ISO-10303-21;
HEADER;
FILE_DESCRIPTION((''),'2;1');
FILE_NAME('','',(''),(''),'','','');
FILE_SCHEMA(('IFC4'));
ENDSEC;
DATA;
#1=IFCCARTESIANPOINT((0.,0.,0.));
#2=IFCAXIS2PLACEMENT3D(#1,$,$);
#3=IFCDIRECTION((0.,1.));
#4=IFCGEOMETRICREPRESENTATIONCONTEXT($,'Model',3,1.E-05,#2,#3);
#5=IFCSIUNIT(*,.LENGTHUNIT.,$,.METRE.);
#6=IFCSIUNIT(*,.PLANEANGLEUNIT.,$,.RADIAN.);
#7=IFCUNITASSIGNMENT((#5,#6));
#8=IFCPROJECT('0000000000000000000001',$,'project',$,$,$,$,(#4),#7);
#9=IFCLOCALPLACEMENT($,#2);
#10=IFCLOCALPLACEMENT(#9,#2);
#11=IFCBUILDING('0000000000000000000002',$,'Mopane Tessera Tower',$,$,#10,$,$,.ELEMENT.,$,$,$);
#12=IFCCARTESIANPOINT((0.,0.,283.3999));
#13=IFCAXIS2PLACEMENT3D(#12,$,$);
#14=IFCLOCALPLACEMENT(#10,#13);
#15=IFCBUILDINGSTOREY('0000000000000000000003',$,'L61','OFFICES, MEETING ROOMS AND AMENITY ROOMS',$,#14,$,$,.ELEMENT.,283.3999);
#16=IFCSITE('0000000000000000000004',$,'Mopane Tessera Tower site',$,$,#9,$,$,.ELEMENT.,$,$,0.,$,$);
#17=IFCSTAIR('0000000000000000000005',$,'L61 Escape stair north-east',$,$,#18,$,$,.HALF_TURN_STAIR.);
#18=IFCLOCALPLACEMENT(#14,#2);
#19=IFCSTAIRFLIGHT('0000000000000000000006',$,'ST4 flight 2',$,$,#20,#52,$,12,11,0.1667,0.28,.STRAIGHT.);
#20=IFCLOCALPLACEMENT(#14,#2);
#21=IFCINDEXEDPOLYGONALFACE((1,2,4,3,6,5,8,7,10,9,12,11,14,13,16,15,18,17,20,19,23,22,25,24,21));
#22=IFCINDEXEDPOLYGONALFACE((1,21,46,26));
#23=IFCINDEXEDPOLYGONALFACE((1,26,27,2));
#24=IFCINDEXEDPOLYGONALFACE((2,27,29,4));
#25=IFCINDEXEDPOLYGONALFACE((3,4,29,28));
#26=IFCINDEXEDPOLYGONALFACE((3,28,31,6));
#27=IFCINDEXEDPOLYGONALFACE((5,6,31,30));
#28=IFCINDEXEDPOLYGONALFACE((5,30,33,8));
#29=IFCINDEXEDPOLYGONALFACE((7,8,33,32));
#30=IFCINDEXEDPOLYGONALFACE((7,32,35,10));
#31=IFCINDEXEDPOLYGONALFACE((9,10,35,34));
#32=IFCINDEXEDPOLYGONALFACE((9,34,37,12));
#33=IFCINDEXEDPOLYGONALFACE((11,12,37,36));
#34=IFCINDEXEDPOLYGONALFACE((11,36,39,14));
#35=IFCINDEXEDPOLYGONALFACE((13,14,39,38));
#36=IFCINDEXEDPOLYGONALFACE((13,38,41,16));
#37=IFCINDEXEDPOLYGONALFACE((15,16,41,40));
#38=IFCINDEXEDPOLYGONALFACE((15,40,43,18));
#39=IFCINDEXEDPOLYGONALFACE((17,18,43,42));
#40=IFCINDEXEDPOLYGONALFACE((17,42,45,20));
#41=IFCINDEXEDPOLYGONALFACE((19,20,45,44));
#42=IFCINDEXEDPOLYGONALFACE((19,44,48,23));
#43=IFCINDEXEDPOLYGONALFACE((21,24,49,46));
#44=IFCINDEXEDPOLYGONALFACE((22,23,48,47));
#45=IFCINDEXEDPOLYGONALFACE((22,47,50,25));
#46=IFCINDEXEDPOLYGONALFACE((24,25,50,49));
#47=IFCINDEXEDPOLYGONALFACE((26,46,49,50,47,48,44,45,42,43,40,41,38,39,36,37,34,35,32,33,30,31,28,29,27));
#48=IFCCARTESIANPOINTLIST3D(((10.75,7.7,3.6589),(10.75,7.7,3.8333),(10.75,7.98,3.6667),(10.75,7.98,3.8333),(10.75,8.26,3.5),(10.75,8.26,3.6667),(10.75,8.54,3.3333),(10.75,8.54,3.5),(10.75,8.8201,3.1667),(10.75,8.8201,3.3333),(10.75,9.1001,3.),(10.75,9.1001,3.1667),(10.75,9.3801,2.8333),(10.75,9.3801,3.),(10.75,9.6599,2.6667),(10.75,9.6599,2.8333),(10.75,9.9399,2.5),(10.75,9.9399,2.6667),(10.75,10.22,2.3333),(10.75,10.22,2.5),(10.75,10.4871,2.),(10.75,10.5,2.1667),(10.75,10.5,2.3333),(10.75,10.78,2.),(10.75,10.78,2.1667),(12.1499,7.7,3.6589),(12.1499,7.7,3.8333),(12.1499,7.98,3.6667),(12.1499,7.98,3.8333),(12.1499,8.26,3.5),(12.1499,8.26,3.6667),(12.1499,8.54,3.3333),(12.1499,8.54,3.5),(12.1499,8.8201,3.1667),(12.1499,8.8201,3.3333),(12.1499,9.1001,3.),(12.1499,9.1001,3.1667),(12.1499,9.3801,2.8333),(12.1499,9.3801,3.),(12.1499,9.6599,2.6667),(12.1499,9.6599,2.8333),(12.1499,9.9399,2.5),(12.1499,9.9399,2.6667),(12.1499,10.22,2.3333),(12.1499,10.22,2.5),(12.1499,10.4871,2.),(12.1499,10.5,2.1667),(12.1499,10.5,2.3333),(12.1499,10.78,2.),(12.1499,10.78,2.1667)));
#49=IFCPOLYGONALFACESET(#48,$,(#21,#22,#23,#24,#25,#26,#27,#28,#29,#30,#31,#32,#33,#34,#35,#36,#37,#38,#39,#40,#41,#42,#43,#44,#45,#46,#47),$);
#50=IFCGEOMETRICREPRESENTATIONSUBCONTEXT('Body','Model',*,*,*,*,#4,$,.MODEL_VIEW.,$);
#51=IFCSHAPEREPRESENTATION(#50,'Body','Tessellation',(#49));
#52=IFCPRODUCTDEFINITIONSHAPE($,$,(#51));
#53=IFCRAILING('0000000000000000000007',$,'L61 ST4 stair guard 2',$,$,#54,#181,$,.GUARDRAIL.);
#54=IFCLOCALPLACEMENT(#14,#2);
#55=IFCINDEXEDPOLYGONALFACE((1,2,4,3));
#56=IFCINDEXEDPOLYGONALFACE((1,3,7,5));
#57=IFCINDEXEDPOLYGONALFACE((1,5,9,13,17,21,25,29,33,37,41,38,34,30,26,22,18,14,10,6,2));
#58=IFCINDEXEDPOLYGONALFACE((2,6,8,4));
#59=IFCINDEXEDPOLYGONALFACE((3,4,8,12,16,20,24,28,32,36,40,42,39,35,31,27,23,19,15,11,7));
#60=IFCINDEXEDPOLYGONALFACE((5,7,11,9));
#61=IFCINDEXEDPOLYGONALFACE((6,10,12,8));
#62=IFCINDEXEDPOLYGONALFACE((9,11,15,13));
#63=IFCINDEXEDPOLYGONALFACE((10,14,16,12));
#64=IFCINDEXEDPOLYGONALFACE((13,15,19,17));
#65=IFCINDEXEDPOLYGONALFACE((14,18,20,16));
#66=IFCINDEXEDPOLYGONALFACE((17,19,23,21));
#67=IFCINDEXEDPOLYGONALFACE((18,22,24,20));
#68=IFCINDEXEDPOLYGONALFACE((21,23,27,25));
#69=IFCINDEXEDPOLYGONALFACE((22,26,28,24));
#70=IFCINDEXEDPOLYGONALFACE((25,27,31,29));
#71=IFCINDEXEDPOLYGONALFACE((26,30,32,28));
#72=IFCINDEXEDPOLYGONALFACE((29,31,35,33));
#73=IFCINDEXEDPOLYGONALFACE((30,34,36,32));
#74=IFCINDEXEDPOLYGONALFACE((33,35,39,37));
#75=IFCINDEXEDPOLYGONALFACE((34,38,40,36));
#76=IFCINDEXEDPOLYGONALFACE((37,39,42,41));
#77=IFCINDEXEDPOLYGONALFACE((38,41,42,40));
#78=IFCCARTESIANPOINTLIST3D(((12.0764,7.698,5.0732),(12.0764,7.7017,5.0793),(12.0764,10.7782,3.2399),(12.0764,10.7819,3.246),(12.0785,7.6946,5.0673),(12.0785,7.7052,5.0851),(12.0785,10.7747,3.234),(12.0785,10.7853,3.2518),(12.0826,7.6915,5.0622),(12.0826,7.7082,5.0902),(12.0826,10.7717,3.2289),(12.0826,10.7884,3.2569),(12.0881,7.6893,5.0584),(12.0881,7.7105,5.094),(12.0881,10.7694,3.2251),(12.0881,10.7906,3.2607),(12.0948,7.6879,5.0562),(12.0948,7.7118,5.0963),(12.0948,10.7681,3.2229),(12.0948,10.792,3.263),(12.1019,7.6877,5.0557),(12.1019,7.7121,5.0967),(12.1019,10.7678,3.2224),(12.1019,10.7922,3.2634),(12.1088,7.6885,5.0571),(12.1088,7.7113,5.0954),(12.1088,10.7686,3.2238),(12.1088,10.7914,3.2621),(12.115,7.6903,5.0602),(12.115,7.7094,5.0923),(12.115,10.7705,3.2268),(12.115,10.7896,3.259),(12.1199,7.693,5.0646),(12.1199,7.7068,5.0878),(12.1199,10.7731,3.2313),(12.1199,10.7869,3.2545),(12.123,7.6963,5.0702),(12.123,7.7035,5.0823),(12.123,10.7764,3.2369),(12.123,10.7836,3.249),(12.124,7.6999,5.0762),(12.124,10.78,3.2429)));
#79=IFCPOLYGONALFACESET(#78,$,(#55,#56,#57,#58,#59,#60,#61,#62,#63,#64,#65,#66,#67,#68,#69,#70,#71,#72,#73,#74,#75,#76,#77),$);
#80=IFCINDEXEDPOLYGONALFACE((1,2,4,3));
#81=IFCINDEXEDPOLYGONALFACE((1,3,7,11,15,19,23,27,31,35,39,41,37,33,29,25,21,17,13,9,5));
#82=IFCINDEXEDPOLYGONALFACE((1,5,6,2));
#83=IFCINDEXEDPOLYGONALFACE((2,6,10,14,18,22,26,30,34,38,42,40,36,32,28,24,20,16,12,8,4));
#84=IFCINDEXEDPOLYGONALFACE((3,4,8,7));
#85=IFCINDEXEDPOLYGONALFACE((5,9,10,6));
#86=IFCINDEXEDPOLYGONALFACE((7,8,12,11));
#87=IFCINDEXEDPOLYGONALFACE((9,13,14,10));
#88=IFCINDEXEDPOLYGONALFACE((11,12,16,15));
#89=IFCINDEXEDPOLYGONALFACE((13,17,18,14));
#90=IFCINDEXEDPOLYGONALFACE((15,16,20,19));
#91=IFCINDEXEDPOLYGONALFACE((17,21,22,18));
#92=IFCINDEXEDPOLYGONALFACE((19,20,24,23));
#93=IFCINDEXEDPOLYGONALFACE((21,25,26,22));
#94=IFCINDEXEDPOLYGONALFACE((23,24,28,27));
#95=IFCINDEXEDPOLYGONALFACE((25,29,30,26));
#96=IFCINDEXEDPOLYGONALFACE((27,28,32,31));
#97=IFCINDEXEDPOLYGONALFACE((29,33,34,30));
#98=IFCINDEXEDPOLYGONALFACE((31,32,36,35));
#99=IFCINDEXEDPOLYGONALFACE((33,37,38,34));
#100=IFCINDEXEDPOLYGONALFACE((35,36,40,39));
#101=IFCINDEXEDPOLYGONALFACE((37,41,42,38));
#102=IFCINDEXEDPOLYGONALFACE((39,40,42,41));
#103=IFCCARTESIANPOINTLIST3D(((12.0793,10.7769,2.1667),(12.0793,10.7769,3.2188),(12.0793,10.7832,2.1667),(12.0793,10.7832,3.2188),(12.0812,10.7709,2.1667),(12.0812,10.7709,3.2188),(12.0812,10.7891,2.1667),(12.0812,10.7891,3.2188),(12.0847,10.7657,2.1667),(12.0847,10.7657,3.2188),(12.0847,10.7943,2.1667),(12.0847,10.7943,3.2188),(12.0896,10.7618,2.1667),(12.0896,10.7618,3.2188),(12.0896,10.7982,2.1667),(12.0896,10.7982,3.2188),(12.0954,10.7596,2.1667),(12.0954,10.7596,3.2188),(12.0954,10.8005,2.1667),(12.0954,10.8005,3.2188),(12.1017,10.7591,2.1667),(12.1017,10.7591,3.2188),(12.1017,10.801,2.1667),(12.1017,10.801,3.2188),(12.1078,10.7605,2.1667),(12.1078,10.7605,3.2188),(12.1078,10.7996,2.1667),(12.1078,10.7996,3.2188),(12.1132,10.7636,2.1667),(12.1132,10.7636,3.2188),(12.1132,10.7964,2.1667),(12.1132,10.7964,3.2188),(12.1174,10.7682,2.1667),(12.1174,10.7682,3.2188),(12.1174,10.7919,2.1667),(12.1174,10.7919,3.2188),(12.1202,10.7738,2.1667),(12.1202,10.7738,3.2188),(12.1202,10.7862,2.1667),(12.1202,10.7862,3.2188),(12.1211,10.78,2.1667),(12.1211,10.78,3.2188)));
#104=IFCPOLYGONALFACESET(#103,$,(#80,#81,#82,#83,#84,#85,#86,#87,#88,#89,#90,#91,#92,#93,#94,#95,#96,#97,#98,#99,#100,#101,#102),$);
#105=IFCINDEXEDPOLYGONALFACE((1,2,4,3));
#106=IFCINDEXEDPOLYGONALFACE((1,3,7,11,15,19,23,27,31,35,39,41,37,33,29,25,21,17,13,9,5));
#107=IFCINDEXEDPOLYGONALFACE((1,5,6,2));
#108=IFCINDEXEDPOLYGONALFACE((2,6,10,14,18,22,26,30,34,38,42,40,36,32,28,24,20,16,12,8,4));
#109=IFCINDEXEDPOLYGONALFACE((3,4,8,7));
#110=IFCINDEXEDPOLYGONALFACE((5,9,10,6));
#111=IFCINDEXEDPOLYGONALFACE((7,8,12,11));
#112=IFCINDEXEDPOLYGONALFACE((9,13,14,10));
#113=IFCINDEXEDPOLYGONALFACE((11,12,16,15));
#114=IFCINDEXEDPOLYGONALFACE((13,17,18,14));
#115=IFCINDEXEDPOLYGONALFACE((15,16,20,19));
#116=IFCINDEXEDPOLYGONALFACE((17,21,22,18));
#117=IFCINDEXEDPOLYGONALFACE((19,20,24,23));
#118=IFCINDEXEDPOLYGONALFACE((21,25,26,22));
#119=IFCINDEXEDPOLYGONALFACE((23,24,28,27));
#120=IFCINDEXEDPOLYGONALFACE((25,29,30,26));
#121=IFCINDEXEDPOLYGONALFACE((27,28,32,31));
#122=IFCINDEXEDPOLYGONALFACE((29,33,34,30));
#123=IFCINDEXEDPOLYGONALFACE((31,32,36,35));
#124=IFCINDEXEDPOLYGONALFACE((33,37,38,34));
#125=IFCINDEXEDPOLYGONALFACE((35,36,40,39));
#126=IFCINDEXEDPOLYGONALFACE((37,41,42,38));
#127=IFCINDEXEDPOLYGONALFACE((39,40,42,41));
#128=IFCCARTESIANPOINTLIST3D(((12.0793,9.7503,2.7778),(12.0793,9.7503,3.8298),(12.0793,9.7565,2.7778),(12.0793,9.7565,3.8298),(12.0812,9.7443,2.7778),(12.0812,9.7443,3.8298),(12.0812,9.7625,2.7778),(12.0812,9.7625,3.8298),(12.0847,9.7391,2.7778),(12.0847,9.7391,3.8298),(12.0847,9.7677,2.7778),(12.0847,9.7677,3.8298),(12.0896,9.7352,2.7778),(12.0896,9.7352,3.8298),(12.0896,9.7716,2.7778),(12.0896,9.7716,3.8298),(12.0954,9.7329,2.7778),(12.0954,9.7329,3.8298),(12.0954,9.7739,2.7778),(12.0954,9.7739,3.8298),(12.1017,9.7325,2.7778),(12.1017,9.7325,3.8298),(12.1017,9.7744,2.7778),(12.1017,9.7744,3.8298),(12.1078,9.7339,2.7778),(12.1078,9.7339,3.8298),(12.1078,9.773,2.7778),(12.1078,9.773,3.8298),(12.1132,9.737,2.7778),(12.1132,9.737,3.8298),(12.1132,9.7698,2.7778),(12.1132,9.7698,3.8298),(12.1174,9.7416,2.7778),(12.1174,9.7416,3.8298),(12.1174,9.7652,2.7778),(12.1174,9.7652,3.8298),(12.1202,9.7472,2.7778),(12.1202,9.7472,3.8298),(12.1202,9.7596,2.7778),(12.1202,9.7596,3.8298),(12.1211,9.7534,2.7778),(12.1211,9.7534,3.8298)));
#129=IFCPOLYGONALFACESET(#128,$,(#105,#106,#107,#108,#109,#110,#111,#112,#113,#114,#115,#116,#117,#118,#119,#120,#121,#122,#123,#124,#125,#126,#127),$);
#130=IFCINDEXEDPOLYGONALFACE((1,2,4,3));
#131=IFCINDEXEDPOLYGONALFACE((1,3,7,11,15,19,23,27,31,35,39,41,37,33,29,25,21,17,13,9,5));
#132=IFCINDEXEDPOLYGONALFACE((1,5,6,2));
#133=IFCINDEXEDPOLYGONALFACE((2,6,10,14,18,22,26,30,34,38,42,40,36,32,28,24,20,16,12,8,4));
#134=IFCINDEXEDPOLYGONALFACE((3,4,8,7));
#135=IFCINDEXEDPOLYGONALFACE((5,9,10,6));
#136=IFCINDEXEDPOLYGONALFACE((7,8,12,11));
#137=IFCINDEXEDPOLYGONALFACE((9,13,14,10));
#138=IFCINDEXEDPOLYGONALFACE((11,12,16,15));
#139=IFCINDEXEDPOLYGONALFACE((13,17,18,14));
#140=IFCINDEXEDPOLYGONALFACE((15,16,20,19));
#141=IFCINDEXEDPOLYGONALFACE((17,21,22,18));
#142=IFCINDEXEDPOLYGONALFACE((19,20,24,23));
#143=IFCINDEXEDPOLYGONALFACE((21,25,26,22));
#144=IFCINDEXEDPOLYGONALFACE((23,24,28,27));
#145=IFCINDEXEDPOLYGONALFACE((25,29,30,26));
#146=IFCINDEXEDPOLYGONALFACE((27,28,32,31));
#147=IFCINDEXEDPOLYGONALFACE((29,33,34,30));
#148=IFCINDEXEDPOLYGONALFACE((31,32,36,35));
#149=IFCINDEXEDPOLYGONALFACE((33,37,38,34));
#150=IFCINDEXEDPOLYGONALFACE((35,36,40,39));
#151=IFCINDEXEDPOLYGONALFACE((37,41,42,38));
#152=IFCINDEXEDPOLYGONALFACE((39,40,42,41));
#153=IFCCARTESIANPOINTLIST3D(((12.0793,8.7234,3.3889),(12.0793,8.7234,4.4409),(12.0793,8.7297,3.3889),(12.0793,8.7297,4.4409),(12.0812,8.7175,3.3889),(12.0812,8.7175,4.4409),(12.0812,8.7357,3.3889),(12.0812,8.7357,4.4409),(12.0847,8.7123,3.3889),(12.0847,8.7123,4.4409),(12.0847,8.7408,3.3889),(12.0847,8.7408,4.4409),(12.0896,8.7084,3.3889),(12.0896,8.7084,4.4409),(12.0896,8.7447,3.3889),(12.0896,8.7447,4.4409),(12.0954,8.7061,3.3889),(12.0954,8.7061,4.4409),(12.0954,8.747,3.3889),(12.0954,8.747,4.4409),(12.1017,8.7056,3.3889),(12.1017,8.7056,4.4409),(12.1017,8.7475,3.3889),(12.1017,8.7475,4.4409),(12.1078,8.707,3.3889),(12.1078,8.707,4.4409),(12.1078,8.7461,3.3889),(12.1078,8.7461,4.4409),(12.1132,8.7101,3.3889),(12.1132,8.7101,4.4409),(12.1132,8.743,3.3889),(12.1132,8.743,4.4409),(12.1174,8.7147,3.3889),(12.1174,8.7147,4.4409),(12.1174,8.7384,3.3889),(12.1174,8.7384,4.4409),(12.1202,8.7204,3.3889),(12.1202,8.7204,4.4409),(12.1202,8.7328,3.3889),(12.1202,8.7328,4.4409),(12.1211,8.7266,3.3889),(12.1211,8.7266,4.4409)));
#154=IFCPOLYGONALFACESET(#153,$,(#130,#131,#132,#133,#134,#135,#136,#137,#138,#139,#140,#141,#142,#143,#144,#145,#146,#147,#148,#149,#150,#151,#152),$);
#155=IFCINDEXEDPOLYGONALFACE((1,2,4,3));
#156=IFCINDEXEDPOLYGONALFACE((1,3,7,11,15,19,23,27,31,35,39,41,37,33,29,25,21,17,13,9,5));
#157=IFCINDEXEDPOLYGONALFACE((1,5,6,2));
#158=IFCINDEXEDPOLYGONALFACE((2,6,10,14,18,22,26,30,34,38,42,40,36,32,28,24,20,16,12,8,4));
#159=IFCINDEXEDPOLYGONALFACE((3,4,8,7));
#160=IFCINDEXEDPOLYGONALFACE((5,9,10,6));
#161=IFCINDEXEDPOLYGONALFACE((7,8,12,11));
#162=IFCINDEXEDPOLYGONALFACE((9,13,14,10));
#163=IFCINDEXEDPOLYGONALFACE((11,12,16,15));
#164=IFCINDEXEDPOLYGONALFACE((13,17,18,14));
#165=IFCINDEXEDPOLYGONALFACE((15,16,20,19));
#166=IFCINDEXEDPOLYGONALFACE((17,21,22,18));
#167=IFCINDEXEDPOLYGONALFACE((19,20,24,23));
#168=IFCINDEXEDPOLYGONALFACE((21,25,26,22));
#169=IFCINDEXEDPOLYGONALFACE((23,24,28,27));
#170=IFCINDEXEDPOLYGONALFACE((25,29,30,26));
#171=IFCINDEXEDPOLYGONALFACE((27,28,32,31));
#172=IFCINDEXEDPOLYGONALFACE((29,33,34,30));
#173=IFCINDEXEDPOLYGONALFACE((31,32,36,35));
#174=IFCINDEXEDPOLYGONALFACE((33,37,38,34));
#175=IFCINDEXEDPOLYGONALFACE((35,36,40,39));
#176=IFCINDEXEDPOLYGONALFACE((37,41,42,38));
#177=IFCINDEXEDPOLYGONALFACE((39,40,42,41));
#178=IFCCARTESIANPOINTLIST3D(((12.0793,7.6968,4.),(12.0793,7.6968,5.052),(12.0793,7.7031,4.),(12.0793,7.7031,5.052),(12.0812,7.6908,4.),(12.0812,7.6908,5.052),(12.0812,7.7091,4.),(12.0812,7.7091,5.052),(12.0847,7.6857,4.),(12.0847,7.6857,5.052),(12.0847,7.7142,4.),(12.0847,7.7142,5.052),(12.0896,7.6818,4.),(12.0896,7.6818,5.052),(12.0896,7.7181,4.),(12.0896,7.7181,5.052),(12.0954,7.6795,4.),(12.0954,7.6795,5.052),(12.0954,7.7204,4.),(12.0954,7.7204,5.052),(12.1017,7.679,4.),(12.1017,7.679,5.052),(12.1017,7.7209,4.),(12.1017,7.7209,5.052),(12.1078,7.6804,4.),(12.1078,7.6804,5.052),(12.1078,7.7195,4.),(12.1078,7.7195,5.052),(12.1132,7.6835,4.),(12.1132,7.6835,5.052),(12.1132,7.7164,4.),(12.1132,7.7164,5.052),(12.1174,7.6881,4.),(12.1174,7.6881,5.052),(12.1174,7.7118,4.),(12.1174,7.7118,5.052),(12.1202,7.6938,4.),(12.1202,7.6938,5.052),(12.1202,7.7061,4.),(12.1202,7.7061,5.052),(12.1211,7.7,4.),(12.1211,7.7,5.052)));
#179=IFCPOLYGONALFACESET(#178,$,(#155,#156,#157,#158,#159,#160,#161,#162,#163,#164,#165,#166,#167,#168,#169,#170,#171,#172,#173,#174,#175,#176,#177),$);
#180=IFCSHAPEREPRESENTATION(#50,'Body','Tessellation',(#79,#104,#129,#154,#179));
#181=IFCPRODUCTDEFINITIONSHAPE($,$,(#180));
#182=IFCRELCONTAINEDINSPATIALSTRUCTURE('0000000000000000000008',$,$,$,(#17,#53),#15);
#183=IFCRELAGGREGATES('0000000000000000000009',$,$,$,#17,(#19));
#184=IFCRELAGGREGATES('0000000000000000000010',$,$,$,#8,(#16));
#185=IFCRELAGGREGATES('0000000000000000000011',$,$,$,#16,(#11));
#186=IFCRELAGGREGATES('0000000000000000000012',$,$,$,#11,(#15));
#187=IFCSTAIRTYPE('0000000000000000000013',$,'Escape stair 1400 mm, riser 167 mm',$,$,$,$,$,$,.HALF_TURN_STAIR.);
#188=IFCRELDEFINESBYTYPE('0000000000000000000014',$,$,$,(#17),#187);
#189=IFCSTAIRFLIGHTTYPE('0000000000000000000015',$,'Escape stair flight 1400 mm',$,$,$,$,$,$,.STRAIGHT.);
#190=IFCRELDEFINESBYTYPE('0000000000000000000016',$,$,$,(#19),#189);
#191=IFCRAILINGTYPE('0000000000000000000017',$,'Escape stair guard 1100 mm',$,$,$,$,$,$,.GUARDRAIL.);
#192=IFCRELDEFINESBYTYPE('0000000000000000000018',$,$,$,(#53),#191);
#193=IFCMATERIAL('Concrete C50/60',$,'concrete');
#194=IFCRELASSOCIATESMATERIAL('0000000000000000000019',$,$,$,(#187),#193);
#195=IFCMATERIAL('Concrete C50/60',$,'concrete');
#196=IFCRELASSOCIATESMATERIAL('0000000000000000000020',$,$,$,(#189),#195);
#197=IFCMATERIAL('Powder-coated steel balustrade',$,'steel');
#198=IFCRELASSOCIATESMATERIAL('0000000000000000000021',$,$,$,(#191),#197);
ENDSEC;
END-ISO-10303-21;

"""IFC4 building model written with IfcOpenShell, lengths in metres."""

from ifc_helpers import new_model, si_unit, direction, frame, origin, origin_2d, place, context, subcontext, project, spatial, polyline, circle, outline, extrude, material, type_object, element, aggregate, save


model = new_model("IFC4")

# Units and contexts
model_context = context("Model", 3, precision=1e-05, world=origin(), true_north=direction((0.0, 1.0)))
body_context = subcontext(model_context, "Body", "Model", "MODEL_VIEW")
ifc_project = project(units=[si_unit("LENGTHUNIT", "METRE"), si_unit("PLANEANGLEUNIT", "RADIAN")], contexts=[model_context])

# Site, building, storey
site_placement = place(None, origin())
site = spatial("IfcSite", under=ifc_project, at=site_placement, Name="Mopane Tessera Tower site", CompositionType="ELEMENT", RefElevation=0.0)
building_placement = place(site_placement, origin())
building = spatial("IfcBuilding", under=site, at=building_placement, Name="Mopane Tessera Tower", CompositionType="ELEMENT")
storey_placement = place(building_placement, frame((0.0, 0.0, 283.3999)))
storey = spatial("IfcBuildingStorey", under=building, at=storey_placement, Name="L61", Description="OFFICES, MEETING ROOMS AND AMENITY ROOMS", CompositionType="ELEMENT", Elevation=283.3999)

# Stair, stair flight
ifc_material_1 = material(Name="Concrete C50/60", Category="concrete")
stair_type = type_object("IfcStairType", Name="Escape stair 1400 mm, riser 167 mm", PredefinedType="HALF_TURN_STAIR", material=ifc_material_1)
stair_placement = place(storey_placement, origin())
stair = element("IfcStair", 1, at=stair_placement, inside=storey, type_object=stair_type, Name="L61 Escape stair north-east", PredefinedType="HALF_TURN_STAIR")
ifc_material_2 = material(Name="Concrete C50/60", Category="concrete")
stair_flight_type = type_object("IfcStairFlightType", Name="Escape stair flight 1400 mm", PredefinedType="STRAIGHT", material=ifc_material_2)
stair_flight_placement = place(storey_placement, frame((11.45, 10.78, 2.0), z_axis=(0.0, 0.0, 1.0), x_axis=(0.0, -1.0, 0.0)))
stair_flight = element("IfcStairFlight", 2, at=stair_flight_placement, type_object=stair_flight_type, Name="ST4 flight 2", NumberOfRisers=12, NumberOfTreads=11, PredefinedType="STRAIGHT", RiserHeight=0.1667, TreadLength=0.28, context=body_context, shape_type="SweptSolid", body=[
    extrude(outline(polyline([(0.0, 0.0), (0.0, 0.1667), (0.28, 0.1667), (0.28, 0.3333), (0.5601, 0.3333), (0.5601, 0.5), (0.8401, 0.5), (0.8401, 0.6667), (1.1201, 0.6667), (1.1201, 0.8333), (1.3999, 0.8333), (1.3999, 1.0), (1.6799, 1.0), (1.6799, 1.1667), (1.96, 1.1667), (1.96, 1.3333), (2.24, 1.3333), (2.24, 1.5), (2.52, 1.5), (2.52, 1.6667), (2.8, 1.6667), (2.8, 1.8333), (3.0801, 1.8333), (3.0801, 2.0), (3.0801, 1.6589), (0.293, 0.0), (0.0, 0.0)])), frame((0.0, 0.7, 0.0), z_axis=(0.0, -1.0, 0.0), x_axis=(1.0, 0.0, 0.0)), (0.0, 0.0, 1.0), 1.3999),
])
aggregate(stair, [stair_flight])

# Railing
ifc_material_3 = material(Name="Powder-coated steel balustrade", Category="steel")
railing_type_1 = type_object("IfcRailingType", Name="Escape stair guard 1100 mm", PredefinedType="GUARDRAIL", material=ifc_material_3)
railing_1_placement = place(storey_placement, frame((12.1001, 10.78, 2.1667)))
element("IfcRailing", 3, at=railing_1_placement, inside=storey, type_object=railing_type_1, Name="L61 ST4 stair guard 2", PredefinedType="GUARDRAIL", context=body_context, shape_type="SweptSolid", body=[
    extrude(circle(Radius=0.0239, at=origin_2d()), frame((0.0, 0.0, 1.0762), z_axis=(0.0, -0.859309, 0.511458), x_axis=(1.0, 0.0, 0.0)), (0.0, 0.0, 1.0), 3.5845),
    extrude(circle(Radius=0.021, at=origin_2d()), origin(), (0.0, 0.0, 1.0), 1.052),
    extrude(circle(Radius=0.021, at=origin_2d()), frame((0.0, -1.0266, 0.6111)), (0.0, 0.0, 1.0), 1.052),
    extrude(circle(Radius=0.021, at=origin_2d()), frame((0.0, -2.0535, 1.2222)), (0.0, 0.0, 1.0), 1.052),
    extrude(circle(Radius=0.021, at=origin_2d()), frame((0.0, -3.0801, 1.8333)), (0.0, 0.0, 1.0), 1.052),
])

save(model, "model.ifc")
